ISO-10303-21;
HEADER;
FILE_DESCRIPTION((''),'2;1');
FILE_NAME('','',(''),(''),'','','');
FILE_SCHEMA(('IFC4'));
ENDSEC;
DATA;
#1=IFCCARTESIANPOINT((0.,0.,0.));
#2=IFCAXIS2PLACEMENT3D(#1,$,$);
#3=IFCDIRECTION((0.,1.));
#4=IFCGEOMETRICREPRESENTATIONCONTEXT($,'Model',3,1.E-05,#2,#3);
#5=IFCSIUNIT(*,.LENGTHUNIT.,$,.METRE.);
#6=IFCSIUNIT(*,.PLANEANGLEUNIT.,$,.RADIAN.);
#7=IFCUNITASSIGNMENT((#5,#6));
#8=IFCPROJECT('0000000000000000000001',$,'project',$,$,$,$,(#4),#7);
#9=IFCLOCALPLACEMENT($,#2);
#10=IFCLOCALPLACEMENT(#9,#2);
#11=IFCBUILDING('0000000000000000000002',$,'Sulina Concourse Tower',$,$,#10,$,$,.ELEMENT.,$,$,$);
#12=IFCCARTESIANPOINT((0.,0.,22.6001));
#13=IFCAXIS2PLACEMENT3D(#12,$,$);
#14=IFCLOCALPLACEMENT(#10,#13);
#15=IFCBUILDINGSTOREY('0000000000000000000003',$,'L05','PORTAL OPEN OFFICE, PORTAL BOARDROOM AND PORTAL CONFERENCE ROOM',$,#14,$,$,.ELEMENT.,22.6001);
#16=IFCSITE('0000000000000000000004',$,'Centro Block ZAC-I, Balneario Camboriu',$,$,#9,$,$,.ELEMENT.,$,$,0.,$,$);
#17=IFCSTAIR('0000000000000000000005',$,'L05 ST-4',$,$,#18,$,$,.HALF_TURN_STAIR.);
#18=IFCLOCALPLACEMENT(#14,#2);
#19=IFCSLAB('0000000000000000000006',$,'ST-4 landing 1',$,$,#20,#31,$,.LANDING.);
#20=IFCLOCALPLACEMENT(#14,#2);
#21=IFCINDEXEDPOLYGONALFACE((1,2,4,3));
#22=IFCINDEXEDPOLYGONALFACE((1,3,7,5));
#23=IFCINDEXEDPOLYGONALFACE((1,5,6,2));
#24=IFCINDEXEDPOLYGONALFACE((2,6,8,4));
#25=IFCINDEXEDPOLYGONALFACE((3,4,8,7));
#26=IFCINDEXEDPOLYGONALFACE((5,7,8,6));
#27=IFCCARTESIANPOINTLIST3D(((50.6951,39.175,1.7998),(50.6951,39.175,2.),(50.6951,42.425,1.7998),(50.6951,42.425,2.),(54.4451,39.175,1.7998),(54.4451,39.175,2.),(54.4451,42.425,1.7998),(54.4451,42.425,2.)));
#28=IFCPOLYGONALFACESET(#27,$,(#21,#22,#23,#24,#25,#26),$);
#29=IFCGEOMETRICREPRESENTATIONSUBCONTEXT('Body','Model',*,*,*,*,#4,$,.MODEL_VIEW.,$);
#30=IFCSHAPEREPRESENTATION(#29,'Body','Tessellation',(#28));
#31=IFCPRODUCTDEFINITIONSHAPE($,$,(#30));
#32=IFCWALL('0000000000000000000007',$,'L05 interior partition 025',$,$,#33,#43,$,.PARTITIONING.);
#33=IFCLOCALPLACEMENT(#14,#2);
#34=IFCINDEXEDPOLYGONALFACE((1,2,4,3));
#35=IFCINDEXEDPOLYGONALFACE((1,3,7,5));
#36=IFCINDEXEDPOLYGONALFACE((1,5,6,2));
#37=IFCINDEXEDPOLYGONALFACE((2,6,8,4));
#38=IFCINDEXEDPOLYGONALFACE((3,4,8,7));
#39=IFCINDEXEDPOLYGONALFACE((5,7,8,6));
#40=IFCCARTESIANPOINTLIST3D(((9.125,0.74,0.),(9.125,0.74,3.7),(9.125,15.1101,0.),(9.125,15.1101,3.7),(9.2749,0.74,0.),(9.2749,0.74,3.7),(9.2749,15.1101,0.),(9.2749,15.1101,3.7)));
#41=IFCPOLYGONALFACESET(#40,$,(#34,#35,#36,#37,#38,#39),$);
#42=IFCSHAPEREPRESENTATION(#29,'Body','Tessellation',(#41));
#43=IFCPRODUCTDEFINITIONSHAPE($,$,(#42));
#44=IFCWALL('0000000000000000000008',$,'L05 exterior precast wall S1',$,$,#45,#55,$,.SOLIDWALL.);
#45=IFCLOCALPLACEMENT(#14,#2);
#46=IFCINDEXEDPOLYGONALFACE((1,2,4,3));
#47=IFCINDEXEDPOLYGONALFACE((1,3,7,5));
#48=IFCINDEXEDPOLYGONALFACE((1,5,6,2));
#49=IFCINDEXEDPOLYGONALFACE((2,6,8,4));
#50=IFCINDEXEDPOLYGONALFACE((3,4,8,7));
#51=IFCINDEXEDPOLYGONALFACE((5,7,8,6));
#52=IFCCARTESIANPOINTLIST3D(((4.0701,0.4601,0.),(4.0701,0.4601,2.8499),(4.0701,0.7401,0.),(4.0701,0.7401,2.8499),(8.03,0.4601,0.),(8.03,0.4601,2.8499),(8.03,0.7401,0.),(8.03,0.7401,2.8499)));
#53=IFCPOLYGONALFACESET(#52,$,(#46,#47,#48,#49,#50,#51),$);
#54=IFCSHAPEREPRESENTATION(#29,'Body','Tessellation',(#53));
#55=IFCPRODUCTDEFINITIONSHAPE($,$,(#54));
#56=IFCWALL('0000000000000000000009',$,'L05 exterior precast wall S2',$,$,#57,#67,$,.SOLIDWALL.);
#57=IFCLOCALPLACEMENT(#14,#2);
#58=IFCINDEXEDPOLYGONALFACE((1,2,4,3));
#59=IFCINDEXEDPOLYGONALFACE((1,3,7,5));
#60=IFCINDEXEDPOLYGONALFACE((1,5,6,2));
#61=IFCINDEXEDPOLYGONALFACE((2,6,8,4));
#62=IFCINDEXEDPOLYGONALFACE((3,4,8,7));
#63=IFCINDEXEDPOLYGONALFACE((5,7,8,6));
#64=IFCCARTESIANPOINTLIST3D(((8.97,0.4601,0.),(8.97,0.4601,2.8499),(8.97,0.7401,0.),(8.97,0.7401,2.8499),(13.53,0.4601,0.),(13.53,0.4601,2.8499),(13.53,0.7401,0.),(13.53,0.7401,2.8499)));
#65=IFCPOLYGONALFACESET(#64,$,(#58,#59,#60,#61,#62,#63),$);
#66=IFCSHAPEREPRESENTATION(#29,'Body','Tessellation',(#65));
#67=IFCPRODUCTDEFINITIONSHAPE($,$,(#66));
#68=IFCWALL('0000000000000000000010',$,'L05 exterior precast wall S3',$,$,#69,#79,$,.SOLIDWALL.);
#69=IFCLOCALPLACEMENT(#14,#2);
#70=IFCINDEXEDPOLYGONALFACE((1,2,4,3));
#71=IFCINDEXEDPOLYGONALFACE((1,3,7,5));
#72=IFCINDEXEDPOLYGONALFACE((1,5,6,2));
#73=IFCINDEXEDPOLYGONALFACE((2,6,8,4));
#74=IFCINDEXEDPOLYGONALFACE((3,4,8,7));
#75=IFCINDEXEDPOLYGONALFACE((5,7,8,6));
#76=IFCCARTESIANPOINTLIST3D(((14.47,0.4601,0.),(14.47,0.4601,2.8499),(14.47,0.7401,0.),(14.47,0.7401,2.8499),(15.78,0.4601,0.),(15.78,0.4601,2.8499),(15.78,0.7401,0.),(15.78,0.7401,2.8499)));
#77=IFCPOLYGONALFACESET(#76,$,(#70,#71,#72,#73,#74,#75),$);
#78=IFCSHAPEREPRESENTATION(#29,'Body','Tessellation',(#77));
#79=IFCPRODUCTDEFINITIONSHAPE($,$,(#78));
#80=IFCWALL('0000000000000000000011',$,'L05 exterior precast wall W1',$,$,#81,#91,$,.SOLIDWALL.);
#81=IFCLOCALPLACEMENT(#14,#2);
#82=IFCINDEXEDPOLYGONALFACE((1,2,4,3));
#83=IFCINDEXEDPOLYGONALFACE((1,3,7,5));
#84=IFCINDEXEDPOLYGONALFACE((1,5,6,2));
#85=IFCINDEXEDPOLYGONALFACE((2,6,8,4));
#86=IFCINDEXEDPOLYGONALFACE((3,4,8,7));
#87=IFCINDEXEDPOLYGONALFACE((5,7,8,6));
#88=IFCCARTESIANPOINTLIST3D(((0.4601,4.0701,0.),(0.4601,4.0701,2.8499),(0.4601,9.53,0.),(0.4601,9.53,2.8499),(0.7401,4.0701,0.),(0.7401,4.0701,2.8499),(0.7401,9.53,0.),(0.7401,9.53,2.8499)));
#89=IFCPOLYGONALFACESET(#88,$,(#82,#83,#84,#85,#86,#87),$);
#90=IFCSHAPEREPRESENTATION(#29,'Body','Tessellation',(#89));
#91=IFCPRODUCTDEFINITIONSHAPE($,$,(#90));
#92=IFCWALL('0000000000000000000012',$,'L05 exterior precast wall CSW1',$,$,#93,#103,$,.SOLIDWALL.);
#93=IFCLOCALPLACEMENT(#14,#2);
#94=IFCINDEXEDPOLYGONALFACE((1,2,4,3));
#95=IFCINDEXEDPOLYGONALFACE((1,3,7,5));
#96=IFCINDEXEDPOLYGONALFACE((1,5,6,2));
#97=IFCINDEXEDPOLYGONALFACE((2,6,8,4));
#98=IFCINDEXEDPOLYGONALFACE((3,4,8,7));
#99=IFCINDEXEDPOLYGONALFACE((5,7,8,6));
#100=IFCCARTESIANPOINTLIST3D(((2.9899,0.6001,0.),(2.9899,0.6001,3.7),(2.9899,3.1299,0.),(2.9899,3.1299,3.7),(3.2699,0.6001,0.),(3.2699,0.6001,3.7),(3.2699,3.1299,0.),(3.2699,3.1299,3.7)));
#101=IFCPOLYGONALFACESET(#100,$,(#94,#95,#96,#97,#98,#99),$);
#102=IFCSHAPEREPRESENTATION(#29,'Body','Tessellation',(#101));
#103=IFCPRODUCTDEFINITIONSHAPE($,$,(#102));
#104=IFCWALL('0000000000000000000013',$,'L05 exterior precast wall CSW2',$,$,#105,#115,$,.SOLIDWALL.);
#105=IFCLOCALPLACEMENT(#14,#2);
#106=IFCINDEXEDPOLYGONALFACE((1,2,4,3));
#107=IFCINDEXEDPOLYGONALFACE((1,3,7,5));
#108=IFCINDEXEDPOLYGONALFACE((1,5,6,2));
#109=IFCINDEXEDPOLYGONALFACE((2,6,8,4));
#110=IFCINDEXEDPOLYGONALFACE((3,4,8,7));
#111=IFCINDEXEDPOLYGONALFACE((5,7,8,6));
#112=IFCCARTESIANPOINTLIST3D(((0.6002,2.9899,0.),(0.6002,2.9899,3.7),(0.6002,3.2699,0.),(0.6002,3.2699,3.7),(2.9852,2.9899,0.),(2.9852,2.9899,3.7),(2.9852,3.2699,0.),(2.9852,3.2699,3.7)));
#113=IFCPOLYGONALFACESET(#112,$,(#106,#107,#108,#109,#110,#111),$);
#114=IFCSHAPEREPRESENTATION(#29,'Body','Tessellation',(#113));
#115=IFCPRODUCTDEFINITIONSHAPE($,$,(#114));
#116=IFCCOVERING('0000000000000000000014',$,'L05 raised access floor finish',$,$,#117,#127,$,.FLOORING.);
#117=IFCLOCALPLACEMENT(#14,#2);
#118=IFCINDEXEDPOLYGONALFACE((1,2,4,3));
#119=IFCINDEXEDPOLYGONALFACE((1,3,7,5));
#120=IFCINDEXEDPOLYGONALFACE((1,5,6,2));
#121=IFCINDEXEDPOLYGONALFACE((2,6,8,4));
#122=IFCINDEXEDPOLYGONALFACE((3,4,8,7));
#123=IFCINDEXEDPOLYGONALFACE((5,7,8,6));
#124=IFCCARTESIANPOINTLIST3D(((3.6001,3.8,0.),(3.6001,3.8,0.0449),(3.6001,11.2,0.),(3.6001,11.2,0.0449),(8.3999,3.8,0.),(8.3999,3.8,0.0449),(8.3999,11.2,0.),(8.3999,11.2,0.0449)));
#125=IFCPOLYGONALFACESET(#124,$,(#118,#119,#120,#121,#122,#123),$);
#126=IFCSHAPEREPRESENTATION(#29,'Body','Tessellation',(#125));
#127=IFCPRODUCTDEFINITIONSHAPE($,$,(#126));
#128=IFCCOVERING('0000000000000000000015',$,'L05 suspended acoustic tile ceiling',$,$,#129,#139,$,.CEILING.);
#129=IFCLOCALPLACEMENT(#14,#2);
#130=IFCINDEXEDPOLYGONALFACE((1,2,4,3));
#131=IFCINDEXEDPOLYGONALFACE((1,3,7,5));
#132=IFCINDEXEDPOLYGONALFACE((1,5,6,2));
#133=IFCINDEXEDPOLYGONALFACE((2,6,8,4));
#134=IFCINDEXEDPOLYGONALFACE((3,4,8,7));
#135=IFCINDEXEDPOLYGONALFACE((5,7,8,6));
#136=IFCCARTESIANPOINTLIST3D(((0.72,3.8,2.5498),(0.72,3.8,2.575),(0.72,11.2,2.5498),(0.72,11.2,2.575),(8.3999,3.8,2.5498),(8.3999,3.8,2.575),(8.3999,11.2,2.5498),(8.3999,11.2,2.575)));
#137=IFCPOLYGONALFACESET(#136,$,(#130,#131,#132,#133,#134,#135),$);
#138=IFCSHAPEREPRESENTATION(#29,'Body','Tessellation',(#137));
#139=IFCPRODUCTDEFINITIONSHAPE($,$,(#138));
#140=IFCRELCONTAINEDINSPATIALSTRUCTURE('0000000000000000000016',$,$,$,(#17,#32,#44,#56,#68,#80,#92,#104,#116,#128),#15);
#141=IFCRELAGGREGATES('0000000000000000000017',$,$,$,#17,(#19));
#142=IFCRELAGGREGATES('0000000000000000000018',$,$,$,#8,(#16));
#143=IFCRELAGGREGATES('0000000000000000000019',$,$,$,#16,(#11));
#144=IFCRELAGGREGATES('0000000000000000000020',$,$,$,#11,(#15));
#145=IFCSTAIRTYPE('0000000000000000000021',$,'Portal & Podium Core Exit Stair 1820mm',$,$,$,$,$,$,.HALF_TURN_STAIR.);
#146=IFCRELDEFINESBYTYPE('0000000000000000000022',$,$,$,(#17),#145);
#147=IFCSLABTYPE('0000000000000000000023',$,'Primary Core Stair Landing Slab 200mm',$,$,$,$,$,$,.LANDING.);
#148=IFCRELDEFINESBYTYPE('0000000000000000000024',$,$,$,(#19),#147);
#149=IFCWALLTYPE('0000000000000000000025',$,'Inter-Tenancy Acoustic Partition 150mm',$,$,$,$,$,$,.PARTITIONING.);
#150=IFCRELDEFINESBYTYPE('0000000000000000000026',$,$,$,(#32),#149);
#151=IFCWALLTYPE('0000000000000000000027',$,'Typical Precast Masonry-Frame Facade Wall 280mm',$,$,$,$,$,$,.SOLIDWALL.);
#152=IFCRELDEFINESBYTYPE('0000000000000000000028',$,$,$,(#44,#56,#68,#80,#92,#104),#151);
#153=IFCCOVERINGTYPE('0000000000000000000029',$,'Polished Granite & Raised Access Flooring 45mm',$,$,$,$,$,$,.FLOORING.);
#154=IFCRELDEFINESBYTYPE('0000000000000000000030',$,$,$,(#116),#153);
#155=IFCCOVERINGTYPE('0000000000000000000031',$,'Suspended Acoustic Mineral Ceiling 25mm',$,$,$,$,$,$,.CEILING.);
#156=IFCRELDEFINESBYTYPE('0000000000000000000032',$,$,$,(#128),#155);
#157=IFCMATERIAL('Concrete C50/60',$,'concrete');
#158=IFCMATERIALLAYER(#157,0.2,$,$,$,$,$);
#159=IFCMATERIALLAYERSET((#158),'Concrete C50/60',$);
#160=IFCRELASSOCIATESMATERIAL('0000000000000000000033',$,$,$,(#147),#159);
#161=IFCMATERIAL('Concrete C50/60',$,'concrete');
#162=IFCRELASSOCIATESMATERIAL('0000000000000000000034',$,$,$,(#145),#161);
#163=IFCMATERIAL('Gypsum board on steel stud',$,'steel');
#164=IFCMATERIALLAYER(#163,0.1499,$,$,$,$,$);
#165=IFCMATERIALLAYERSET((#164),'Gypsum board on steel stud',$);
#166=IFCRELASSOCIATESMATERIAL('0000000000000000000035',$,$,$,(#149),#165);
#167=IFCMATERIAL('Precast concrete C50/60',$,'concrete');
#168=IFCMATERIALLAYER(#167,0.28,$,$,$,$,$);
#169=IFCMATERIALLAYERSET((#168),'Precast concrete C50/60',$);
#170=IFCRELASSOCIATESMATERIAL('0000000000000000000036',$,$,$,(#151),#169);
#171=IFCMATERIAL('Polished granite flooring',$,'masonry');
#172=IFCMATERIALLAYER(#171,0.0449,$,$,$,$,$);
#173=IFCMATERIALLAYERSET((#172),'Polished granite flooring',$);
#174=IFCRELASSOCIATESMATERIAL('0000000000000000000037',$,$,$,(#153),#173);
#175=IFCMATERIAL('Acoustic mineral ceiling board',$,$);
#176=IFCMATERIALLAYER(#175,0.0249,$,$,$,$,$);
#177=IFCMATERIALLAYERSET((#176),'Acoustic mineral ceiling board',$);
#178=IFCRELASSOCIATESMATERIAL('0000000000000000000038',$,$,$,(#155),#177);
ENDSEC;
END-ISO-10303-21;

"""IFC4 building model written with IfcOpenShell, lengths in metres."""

from ifc_helpers import new_model, si_unit, direction, frame, frame_2d, origin, place, context, subcontext, project, spatial, polyline, rectangle, outline, extrude, material, layer, layer_set, type_object, element, aggregate, save


model = new_model("IFC4")

# Units and contexts
model_context = context("Model", 3, precision=1e-05, world=origin(), true_north=direction((0.0, 1.0)))
body_context = subcontext(model_context, "Body", "Model", "MODEL_VIEW")
ifc_project = project(units=[si_unit("LENGTHUNIT", "METRE"), si_unit("PLANEANGLEUNIT", "RADIAN")], contexts=[model_context])

# Site, building, storey
site_placement = place(None, origin())
site = spatial("IfcSite", under=ifc_project, at=site_placement, Name="Centro Block ZAC-I, Balneario Camboriu", CompositionType="ELEMENT", RefElevation=0.0)
building_placement = place(site_placement, origin())
building = spatial("IfcBuilding", under=site, at=building_placement, Name="Sulina Concourse Tower", CompositionType="ELEMENT")
storey_placement = place(building_placement, frame((0.0, 0.0, 22.6001)))
storey = spatial("IfcBuildingStorey", under=building, at=storey_placement, Name="L05", Description="PORTAL OPEN OFFICE, PORTAL BOARDROOM AND PORTAL CONFERENCE ROOM", CompositionType="ELEMENT", Elevation=22.6001)

# Shared definitions
ifc_material_1 = material(Name="Concrete C50/60", Category="concrete")
ifc_layer_1 = layer(ifc_material_1, 0.2)
ifc_layer_set_1 = layer_set([ifc_layer_1], Name="Concrete C50/60")
slab_type_1 = type_object("IfcSlabType", Name="Primary Core Stair Landing Slab 200mm", PredefinedType="LANDING", material=ifc_layer_set_1)

# Stair, slab
ifc_material_2 = material(Name="Concrete C50/60", Category="concrete")
stair_type_1 = type_object("IfcStairType", Name="Portal & Podium Core Exit Stair 1820mm", PredefinedType="HALF_TURN_STAIR", material=ifc_material_2)
stair_1_placement = place(storey_placement, origin())
stair_1 = element("IfcStair", 1, at=stair_1_placement, inside=storey, type_object=stair_type_1, Name="L05 ST-4", PredefinedType="HALF_TURN_STAIR")
slab_1_placement = place(storey_placement, frame((0.0, 0.0, 1.7998)))
slab_1 = element("IfcSlab", 2, at=slab_1_placement, type_object=slab_type_1, Name="ST-4 landing 1", PredefinedType="LANDING", context=body_context, shape_type="SweptSolid", body=[
    extrude(outline(polyline([(54.4451, 39.175), (54.4451, 42.425), (50.6951, 42.425), (50.6951, 39.175), (54.4451, 39.175)])), origin(), (0.0, 0.0, 1.0), 0.2002),
])
aggregate(stair_1, [slab_1])

# Walls
ifc_material_3 = material(Name="Gypsum board on steel stud", Category="steel")
ifc_layer_2 = layer(ifc_material_3, 0.1499)
ifc_layer_set_2 = layer_set([ifc_layer_2], Name="Gypsum board on steel stud")
wall_type_1 = type_object("IfcWallType", Name="Inter-Tenancy Acoustic Partition 150mm", PredefinedType="PARTITIONING", material=ifc_layer_set_2)
wall_1_placement = place(storey_placement, frame((9.2, 0.74, 0.0), z_axis=(0.0, 0.0, 1.0), x_axis=(0.0, 1.0, 0.0)))
element("IfcWall", 3, at=wall_1_placement, inside=storey, type_object=wall_type_1, Name="L05 interior partition 025", PredefinedType="PARTITIONING", context=body_context, shape_type="SweptSolid", body=[
    extrude(rectangle(XDim=14.3701, YDim=0.1499, at=frame_2d((7.1851, 0.0))), origin(), (0.0, 0.0, 1.0), 3.7),
])
ifc_material_4 = material(Name="Precast concrete C50/60", Category="concrete")
ifc_layer_3 = layer(ifc_material_4, 0.28)
ifc_layer_set_3 = layer_set([ifc_layer_3], Name="Precast concrete C50/60")
wall_type_2 = type_object("IfcWallType", Name="Typical Precast Masonry-Frame Facade Wall 280mm", PredefinedType="SOLIDWALL", material=ifc_layer_set_3)
wall_2_placement = place(storey_placement, frame((8.03, 0.6001, 0.0), z_axis=(0.0, 0.0, 1.0), x_axis=(-1.0, 0.0, 0.0)))
element("IfcWall", 4, at=wall_2_placement, inside=storey, type_object=wall_type_2, Name="L05 exterior precast wall S1", PredefinedType="SOLIDWALL", context=body_context, shape_type="SweptSolid", body=[
    extrude(rectangle(XDim=3.96, YDim=0.28, at=frame_2d((1.98, 0.0))), origin(), (0.0, 0.0, 1.0), 2.8499),
])
wall_3_placement = place(storey_placement, frame((13.53, 0.6001, 0.0), z_axis=(0.0, 0.0, 1.0), x_axis=(-1.0, 0.0, 0.0)))
element("IfcWall", 5, at=wall_3_placement, inside=storey, type_object=wall_type_2, Name="L05 exterior precast wall S2", PredefinedType="SOLIDWALL", context=body_context, shape_type="SweptSolid", body=[
    extrude(rectangle(XDim=4.5601, YDim=0.28, at=frame_2d((2.28, 0.0))), origin(), (0.0, 0.0, 1.0), 2.8499),
])
wall_4_placement = place(storey_placement, frame((15.78, 0.6001, 0.0), z_axis=(0.0, 0.0, 1.0), x_axis=(-1.0, 0.0, 0.0)))
element("IfcWall", 6, at=wall_4_placement, inside=storey, type_object=wall_type_2, Name="L05 exterior precast wall S3", PredefinedType="SOLIDWALL", context=body_context, shape_type="SweptSolid", body=[
    extrude(rectangle(XDim=1.3101, YDim=0.28, at=frame_2d((0.655, 0.0))), origin(), (0.0, 0.0, 1.0), 2.8499),
])
wall_5_placement = place(storey_placement, frame((0.6001, 4.0701, 0.0), z_axis=(0.0, 0.0, 1.0), x_axis=(0.0, 1.0, 0.0)))
element("IfcWall", 7, at=wall_5_placement, inside=storey, type_object=wall_type_2, Name="L05 exterior precast wall W1", PredefinedType="SOLIDWALL", context=body_context, shape_type="SweptSolid", body=[
    extrude(rectangle(XDim=5.46, YDim=0.28, at=frame_2d((2.73, 0.0))), origin(), (0.0, 0.0, 1.0), 2.8499),
])
wall_6_placement = place(storey_placement, frame((3.1299, 0.6001, 0.0), z_axis=(0.0, 0.0, 1.0), x_axis=(0.0, 1.0, 0.0)))
element("IfcWall", 8, at=wall_6_placement, inside=storey, type_object=wall_type_2, Name="L05 exterior precast wall CSW1", PredefinedType="SOLIDWALL", context=body_context, shape_type="SweptSolid", body=[
    extrude(rectangle(XDim=2.5298, YDim=0.28, at=frame_2d((1.2649, 0.0))), origin(), (0.0, 0.0, 1.0), 3.7),
])
wall_7_placement = place(storey_placement, frame((2.9851, 3.1299, 0.0), z_axis=(0.0, 0.0, 1.0), x_axis=(-1.0, 0.0, 0.0)))
element("IfcWall", 9, at=wall_7_placement, inside=storey, type_object=wall_type_2, Name="L05 exterior precast wall CSW2", PredefinedType="SOLIDWALL", context=body_context, shape_type="SweptSolid", body=[
    extrude(rectangle(XDim=2.385, YDim=0.28, at=frame_2d((1.1924, 0.0))), origin(), (0.0, 0.0, 1.0), 3.7),
])

# Coverings
ifc_material_5 = material(Name="Polished granite flooring", Category="masonry")
ifc_layer_4 = layer(ifc_material_5, 0.0449)
ifc_layer_set_4 = layer_set([ifc_layer_4], Name="Polished granite flooring")
covering_type_1 = type_object("IfcCoveringType", Name="Polished Granite & Raised Access Flooring 45mm", PredefinedType="FLOORING", material=ifc_layer_set_4)
covering_1_placement = place(storey_placement, origin())
element("IfcCovering", 10, at=covering_1_placement, inside=storey, type_object=covering_type_1, Name="L05 raised access floor finish", PredefinedType="FLOORING", context=body_context, shape_type="SweptSolid", body=[
    extrude(outline(polyline([(3.6001, 3.8), (8.3999, 3.8), (8.3999, 11.2), (3.6001, 11.2), (3.6001, 3.8)])), origin(), (0.0, 0.0, 1.0), 0.0449),
])
ifc_material_6 = material(Name="Acoustic mineral ceiling board")
ifc_layer_5 = layer(ifc_material_6, 0.0249)
ifc_layer_set_5 = layer_set([ifc_layer_5], Name="Acoustic mineral ceiling board")
covering_type_2 = type_object("IfcCoveringType", Name="Suspended Acoustic Mineral Ceiling 25mm", PredefinedType="CEILING", material=ifc_layer_set_5)
covering_2_placement = place(storey_placement, frame((0.0, 0.0, 2.5498)))
element("IfcCovering", 11, at=covering_2_placement, inside=storey, type_object=covering_type_2, Name="L05 suspended acoustic tile ceiling", PredefinedType="CEILING", context=body_context, shape_type="SweptSolid", body=[
    extrude(outline(polyline([(0.72, 3.8), (8.3999, 3.8), (8.3999, 11.2), (0.72, 11.2), (0.72, 3.8)])), origin(), (0.0, 0.0, 1.0), 0.0251),
])

save(model, "model.ifc")
